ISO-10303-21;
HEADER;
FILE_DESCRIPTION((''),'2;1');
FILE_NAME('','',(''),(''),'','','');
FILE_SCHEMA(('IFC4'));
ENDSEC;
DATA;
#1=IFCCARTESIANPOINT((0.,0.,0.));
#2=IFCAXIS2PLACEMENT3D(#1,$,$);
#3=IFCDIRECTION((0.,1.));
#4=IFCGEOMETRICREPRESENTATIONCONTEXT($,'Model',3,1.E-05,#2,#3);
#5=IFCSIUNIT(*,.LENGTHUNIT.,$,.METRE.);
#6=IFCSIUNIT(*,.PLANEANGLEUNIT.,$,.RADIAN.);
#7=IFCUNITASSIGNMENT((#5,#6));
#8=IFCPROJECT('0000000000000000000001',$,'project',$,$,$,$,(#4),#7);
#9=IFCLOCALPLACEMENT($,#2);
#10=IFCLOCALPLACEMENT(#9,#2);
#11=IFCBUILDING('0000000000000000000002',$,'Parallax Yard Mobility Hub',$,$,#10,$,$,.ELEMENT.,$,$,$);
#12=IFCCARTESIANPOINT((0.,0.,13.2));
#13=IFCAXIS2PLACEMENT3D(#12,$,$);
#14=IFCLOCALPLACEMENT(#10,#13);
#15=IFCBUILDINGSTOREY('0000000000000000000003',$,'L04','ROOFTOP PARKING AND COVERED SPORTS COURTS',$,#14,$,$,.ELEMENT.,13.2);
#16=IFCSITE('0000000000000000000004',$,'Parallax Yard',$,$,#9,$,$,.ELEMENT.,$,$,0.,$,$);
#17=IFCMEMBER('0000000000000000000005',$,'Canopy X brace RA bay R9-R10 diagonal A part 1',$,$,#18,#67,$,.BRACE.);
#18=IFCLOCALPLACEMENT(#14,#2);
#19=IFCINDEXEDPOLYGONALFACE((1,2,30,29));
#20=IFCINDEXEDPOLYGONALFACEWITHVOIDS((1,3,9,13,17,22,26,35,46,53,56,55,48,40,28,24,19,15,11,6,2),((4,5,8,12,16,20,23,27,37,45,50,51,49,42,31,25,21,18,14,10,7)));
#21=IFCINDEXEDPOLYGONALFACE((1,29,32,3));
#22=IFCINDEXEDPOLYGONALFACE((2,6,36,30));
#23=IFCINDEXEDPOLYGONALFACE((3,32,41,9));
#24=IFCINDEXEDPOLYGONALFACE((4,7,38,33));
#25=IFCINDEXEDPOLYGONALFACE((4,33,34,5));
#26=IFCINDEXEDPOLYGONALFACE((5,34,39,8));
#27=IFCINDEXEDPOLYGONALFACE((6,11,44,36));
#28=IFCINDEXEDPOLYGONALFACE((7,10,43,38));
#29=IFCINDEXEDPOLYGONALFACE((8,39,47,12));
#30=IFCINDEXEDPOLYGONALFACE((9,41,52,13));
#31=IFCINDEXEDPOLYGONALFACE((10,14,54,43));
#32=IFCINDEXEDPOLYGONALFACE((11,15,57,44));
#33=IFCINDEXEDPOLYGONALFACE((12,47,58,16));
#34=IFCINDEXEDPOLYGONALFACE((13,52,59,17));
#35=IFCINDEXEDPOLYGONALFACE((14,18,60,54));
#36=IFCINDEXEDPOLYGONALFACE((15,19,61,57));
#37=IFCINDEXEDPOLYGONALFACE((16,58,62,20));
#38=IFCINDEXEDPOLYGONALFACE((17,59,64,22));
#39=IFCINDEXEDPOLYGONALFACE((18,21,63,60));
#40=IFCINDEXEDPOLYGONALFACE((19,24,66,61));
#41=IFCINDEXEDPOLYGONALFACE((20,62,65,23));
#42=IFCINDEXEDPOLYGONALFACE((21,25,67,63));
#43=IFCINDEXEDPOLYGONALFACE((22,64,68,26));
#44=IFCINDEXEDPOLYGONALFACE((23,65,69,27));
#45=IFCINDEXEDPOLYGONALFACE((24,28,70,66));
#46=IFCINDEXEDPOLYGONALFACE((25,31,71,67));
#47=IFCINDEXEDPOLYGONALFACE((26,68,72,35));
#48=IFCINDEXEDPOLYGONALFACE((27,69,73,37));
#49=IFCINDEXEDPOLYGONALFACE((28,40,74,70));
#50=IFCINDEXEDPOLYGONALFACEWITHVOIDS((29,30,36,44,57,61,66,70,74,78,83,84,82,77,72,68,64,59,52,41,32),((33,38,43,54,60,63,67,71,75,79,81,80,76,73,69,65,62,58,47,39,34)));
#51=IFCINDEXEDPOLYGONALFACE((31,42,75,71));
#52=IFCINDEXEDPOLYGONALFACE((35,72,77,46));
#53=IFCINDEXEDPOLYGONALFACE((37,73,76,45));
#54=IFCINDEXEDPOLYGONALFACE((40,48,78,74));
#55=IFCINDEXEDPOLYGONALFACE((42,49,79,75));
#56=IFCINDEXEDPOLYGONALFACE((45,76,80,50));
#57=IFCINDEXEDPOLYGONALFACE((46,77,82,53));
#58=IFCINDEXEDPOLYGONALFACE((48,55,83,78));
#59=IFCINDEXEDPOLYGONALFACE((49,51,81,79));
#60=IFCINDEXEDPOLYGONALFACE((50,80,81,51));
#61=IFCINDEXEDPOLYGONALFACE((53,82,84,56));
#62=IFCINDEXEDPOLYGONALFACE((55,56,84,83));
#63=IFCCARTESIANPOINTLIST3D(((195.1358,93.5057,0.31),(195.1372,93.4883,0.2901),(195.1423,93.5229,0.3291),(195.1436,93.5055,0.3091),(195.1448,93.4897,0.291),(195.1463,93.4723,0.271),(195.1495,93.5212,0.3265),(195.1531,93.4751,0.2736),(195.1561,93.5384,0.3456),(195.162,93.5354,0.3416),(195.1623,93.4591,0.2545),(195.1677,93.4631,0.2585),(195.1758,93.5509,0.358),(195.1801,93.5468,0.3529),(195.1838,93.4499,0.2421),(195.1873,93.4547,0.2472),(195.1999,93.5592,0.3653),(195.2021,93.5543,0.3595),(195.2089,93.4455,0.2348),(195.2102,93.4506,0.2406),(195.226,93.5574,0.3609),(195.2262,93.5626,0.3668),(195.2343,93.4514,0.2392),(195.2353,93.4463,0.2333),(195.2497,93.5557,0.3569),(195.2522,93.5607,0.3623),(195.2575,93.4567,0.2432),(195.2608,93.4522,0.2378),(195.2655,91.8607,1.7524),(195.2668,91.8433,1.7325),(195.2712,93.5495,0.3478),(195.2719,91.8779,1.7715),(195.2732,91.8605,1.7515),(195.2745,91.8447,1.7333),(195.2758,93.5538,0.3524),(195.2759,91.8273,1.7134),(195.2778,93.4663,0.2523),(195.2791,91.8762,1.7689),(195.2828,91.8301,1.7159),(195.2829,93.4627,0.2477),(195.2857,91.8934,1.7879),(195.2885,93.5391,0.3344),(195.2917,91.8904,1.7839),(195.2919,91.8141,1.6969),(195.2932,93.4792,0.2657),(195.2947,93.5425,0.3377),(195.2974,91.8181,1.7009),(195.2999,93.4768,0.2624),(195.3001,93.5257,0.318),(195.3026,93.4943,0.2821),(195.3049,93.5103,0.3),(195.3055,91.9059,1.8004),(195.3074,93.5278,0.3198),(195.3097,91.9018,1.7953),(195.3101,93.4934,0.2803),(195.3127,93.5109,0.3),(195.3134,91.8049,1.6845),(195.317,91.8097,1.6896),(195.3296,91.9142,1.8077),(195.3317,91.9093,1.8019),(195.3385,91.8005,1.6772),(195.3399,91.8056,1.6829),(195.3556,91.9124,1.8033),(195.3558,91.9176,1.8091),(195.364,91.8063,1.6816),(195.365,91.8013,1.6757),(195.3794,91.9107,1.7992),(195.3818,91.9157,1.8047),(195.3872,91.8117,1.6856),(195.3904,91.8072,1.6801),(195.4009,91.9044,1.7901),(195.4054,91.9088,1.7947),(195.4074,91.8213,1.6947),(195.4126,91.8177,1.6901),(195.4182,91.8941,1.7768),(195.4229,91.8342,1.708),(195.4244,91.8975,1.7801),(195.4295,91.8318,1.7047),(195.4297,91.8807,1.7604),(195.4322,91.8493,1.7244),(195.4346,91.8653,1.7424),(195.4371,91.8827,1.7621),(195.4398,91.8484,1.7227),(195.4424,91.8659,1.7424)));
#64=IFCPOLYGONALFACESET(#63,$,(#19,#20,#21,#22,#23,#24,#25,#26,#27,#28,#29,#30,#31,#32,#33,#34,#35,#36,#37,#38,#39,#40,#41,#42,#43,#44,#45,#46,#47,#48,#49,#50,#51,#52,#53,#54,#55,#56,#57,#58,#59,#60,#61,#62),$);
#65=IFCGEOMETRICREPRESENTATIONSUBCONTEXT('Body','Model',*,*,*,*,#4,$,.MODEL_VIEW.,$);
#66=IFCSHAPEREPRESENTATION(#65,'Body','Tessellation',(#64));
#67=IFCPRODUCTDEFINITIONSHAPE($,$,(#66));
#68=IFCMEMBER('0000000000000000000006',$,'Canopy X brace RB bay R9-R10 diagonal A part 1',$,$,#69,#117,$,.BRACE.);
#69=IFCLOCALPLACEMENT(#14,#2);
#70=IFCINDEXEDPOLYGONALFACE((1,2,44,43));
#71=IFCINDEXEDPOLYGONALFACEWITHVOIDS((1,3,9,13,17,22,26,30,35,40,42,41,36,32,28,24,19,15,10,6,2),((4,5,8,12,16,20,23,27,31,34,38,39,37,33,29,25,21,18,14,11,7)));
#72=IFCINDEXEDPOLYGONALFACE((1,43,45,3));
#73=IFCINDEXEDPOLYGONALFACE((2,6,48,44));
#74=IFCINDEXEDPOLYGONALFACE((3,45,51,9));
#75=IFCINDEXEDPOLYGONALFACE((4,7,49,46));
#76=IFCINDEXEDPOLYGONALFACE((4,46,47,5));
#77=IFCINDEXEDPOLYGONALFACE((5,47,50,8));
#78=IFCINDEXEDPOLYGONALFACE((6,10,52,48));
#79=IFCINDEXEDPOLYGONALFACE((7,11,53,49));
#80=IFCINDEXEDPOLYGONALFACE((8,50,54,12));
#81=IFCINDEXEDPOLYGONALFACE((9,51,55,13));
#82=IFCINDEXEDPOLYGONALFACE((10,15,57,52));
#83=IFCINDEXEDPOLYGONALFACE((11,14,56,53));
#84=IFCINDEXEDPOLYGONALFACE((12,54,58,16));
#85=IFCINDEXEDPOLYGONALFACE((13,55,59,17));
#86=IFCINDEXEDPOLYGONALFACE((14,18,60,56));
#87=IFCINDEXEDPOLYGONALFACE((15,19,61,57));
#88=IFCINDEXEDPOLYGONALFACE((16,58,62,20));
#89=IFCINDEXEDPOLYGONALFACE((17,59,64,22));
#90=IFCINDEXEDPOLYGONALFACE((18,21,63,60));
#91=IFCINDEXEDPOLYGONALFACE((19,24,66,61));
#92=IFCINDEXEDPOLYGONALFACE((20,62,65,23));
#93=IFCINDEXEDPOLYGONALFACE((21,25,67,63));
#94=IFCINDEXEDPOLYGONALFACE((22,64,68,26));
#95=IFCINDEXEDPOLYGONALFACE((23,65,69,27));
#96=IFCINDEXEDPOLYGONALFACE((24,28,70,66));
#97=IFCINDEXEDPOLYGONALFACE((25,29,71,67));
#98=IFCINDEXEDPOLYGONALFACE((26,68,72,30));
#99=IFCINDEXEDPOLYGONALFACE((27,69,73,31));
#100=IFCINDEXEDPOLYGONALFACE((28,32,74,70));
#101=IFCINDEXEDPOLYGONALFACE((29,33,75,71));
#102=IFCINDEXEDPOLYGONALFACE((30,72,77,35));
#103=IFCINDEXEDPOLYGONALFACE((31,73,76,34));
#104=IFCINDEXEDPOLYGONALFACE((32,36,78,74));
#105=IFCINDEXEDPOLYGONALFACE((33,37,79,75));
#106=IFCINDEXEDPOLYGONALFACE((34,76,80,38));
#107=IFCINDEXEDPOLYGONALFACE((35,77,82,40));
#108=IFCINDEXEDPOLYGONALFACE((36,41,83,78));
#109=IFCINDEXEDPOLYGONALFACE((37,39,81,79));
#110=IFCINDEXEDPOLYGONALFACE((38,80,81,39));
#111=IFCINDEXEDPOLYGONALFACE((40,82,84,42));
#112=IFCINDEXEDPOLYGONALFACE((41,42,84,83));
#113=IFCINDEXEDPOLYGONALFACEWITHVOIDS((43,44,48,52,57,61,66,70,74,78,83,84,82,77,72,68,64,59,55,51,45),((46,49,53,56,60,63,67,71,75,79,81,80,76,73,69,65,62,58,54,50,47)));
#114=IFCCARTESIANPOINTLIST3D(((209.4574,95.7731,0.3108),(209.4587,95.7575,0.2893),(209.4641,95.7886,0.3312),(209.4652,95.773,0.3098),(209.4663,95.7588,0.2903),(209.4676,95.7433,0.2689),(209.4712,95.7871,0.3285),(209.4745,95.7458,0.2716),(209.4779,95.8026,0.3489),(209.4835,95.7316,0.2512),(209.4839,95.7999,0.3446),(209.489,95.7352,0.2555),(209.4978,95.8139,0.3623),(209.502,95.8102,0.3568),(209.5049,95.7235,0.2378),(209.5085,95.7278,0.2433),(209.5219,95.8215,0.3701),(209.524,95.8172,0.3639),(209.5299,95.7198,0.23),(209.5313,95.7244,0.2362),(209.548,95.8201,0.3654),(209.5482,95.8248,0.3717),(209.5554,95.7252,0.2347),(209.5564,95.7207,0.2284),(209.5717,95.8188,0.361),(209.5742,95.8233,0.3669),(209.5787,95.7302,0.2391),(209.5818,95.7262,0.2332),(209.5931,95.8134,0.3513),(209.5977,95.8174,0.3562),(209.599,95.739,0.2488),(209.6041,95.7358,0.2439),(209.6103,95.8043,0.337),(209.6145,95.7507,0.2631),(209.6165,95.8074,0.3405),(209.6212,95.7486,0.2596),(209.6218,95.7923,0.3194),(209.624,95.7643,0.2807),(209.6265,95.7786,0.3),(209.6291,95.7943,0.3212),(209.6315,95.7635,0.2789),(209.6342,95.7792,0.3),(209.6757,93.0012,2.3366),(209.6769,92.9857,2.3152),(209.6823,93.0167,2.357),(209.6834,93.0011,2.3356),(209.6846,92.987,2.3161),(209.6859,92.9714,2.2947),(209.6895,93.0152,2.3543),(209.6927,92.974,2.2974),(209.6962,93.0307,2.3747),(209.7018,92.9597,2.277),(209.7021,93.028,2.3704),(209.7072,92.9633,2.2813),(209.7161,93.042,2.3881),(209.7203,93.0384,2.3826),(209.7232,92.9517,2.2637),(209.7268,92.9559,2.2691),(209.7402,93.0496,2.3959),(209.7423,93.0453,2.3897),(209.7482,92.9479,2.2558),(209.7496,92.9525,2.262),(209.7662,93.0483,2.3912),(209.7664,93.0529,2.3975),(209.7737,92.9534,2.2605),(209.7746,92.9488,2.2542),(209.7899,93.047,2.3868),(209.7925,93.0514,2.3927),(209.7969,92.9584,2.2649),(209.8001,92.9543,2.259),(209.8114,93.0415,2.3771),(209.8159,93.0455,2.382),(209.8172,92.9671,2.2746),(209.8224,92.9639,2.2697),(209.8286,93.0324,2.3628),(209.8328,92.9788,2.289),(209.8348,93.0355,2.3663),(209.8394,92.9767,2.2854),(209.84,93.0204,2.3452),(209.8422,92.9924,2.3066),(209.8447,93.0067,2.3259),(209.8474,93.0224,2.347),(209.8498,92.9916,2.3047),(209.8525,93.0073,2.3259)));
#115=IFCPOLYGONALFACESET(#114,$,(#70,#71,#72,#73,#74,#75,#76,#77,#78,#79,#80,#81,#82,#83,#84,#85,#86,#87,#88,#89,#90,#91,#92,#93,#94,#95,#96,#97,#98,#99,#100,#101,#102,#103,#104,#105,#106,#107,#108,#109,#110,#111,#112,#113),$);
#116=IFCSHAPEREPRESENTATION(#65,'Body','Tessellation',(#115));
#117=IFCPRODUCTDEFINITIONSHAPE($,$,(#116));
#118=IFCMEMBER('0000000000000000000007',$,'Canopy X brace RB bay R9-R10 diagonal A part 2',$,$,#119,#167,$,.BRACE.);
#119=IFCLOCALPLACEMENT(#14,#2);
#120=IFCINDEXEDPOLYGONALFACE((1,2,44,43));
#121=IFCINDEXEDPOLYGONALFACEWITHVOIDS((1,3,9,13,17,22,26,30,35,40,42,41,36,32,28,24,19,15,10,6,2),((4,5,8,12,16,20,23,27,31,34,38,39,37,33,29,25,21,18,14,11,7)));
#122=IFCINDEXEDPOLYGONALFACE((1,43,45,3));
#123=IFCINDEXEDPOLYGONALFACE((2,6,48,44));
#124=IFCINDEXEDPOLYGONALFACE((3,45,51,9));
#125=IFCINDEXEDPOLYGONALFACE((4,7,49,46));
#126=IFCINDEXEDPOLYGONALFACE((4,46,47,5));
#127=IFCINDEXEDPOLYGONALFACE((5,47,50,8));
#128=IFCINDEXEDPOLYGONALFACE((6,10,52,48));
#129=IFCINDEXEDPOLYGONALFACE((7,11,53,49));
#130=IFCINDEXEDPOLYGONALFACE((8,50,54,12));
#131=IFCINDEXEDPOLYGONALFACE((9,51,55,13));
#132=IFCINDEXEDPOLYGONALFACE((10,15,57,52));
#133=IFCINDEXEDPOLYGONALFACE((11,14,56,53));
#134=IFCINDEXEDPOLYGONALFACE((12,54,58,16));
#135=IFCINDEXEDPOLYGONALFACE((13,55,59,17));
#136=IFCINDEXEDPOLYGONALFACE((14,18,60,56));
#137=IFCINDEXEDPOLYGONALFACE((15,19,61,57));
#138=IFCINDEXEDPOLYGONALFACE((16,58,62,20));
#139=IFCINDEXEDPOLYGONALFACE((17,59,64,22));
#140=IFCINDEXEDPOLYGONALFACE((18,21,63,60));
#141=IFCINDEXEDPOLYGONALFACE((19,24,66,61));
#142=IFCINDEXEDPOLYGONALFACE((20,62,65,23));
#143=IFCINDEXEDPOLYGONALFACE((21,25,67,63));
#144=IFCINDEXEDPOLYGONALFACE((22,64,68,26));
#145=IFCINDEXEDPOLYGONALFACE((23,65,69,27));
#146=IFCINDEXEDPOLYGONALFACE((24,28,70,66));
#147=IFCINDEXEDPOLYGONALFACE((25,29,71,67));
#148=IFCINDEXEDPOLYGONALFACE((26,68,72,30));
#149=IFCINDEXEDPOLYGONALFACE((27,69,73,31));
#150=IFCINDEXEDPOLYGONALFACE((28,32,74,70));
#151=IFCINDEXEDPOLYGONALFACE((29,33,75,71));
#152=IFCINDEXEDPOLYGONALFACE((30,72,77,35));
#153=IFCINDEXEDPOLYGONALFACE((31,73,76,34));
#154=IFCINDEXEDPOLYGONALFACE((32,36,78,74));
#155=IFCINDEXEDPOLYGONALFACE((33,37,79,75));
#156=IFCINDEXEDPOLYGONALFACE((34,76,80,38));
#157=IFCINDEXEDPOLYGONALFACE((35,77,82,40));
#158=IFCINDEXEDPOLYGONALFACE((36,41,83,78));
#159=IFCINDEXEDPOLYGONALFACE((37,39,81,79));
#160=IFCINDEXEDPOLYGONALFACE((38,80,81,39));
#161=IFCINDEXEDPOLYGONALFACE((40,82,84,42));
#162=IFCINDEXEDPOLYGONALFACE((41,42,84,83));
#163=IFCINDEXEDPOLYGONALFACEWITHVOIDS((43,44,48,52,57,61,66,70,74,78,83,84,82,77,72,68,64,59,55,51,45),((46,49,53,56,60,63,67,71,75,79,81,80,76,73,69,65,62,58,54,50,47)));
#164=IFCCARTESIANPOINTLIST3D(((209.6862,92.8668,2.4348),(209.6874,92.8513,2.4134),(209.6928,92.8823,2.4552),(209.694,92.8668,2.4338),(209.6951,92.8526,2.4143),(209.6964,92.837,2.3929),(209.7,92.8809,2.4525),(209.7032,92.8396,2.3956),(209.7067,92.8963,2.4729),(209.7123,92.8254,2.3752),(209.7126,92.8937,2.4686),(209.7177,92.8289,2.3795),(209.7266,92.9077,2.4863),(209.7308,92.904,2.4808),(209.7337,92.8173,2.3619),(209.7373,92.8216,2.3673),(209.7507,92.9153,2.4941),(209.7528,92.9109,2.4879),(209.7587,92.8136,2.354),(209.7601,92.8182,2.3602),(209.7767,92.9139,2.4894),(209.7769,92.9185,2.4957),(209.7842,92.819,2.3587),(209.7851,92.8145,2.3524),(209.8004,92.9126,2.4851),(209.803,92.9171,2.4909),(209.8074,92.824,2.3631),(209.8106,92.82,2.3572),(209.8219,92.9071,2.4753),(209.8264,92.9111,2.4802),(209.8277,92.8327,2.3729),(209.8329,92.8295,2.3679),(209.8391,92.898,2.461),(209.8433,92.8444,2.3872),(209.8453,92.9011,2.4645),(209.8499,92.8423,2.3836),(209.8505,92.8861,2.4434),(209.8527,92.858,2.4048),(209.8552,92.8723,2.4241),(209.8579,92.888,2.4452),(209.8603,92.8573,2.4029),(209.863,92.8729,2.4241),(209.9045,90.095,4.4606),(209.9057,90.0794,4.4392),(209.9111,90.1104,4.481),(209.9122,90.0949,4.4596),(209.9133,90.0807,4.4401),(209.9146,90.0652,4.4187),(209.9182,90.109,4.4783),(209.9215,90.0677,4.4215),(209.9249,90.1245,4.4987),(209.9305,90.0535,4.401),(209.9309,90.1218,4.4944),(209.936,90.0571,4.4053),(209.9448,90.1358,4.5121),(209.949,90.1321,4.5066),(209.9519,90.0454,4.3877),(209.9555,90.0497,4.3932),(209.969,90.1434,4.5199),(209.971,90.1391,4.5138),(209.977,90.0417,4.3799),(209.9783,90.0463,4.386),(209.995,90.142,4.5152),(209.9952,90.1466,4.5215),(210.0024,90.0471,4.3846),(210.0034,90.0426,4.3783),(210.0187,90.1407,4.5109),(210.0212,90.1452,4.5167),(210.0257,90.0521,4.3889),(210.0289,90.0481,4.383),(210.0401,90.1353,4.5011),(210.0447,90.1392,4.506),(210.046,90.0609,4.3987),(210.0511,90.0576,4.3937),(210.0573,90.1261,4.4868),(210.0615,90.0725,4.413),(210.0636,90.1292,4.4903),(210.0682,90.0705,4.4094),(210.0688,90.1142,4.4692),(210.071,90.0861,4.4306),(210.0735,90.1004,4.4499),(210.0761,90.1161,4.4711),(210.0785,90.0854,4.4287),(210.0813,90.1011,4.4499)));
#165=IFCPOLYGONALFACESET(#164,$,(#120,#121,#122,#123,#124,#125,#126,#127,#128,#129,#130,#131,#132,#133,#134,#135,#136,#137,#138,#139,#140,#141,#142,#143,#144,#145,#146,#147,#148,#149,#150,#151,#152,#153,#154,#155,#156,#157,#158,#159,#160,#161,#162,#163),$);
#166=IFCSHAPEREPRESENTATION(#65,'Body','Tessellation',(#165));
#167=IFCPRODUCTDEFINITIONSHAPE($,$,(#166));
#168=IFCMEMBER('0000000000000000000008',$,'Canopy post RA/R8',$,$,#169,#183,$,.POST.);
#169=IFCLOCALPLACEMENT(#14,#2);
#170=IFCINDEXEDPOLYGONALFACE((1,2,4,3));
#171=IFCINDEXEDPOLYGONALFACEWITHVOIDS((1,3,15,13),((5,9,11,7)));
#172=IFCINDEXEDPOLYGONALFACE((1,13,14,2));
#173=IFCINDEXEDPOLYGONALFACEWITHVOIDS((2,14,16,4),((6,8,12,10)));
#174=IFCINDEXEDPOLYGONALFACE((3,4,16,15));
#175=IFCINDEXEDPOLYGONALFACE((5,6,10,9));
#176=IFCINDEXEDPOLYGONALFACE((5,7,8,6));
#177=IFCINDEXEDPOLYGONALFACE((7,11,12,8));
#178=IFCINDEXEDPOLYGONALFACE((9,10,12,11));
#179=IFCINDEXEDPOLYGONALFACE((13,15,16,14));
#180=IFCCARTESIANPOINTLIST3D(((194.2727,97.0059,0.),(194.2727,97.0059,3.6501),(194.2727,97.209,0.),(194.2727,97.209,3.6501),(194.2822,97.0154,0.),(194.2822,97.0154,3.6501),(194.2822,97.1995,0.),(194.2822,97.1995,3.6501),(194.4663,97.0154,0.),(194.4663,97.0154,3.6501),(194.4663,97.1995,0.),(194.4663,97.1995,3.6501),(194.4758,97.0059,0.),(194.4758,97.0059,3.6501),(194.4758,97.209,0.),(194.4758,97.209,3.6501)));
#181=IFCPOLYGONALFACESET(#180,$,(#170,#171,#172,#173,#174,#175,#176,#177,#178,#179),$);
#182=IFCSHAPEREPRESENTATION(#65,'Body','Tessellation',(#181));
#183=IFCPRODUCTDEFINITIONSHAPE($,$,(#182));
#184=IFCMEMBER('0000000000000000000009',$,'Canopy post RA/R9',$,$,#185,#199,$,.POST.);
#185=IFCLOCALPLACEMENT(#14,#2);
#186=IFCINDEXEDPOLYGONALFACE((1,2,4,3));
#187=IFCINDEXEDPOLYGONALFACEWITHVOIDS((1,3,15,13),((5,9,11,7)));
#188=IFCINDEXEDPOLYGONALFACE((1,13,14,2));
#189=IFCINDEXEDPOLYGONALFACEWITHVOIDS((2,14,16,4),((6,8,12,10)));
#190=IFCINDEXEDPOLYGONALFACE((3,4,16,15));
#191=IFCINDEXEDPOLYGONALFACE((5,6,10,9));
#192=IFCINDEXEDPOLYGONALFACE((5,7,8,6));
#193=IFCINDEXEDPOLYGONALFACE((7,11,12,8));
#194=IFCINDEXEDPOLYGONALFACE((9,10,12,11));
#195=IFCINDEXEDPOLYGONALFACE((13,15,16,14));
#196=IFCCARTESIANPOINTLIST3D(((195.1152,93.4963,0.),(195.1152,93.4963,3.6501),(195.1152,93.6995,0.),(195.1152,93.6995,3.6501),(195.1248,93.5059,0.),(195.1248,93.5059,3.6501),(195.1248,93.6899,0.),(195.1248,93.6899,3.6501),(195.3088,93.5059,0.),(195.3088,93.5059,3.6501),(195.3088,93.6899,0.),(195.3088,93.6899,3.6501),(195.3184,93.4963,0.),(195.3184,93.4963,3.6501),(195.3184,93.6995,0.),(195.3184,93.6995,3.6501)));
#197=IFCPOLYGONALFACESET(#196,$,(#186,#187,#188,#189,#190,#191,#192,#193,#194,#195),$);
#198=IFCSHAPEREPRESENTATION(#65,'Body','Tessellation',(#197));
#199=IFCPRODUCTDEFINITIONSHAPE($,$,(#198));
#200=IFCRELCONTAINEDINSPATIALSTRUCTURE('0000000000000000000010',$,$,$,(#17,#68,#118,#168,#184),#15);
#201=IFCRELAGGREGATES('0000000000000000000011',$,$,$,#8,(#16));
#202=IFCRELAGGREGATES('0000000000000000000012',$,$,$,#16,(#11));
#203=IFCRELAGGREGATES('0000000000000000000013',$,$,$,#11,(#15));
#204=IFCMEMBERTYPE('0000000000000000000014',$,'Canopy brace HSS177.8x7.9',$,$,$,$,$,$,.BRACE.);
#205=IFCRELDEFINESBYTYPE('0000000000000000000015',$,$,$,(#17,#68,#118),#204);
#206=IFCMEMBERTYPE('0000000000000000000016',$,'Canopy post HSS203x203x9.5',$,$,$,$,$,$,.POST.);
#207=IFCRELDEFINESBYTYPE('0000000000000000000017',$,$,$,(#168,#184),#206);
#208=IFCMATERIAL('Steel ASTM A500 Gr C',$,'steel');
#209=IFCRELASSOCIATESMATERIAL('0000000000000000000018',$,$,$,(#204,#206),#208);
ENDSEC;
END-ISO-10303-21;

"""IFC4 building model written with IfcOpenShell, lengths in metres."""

from ifc_helpers import new_model, si_unit, direction, frame, origin, origin_2d, place, context, subcontext, project, spatial, hollow_rectangle, hollow_circle, extrude, material, material_profile, profile_set, type_object, element, save


model = new_model("IFC4")

# Units and contexts
model_context = context("Model", 3, precision=1e-05, world=origin(), true_north=direction((0.0, 1.0)))
body_context = subcontext(model_context, "Body", "Model", "MODEL_VIEW")
ifc_project = project(units=[si_unit("LENGTHUNIT", "METRE"), si_unit("PLANEANGLEUNIT", "RADIAN")], contexts=[model_context])

# Site, building, storey
site_placement = place(None, origin())
site = spatial("IfcSite", under=ifc_project, at=site_placement, Name="Parallax Yard", CompositionType="ELEMENT", RefElevation=0.0)
building_placement = place(site_placement, origin())
building = spatial("IfcBuilding", under=site, at=building_placement, Name="Parallax Yard Mobility Hub", CompositionType="ELEMENT")
storey_placement = place(building_placement, frame((0.0, 0.0, 13.2)))
storey = spatial("IfcBuildingStorey", under=building, at=storey_placement, Name="L04", Description="ROOFTOP PARKING AND COVERED SPORTS COURTS", CompositionType="ELEMENT", Elevation=13.2)

# Members
ifc_material_1 = material(Name="Steel ASTM A500 Gr C", Category="steel")
ifc_material_profile_1 = material_profile(ifc_material_1, hollow_circle(Radius=0.0889, WallThickness=0.0078, at=origin_2d()), Name="HSS177.8x7.9")
ifc_profile_set_1 = profile_set([ifc_material_profile_1], Name="Steel ASTM A500 Gr C")
member_type_1 = type_object("IfcMemberType", Name="Canopy brace HSS177.8x7.9", PredefinedType="BRACE", material=ifc_profile_set_1)
member_1_placement = place(storey_placement, frame((195.2241, 93.5039, 0.3), z_axis=(0.059151, -0.750582, 0.658124), x_axis=(0.996909, 0.078563, 0.0)))
element("IfcMember", 1, at=member_1_placement, inside=storey, type_object=member_type_1, Name="Canopy X brace RA bay R9-R10 diagonal A part 1", PredefinedType="BRACE", context=body_context, shape_type="SweptSolid", body=[
    extrude(hollow_circle(Radius=0.0889, WallThickness=0.0078, at=origin_2d()), origin(), (0.0, 0.0, 1.0), 2.1917),
])
for number, where, z_axis, x_axis, name in (
    (2, (209.5457, 95.7722, 0.3), (0.063443, -0.805736, 0.588867), (0.996914, 0.078496, 0.0), "Canopy X brace RB bay R9-R10 diagonal A part 1"),
    (3, (209.7744, 92.866, 2.4241), (0.063443, -0.805736, 0.588867), (0.996914, 0.078496, 0.0), "Canopy X brace RB bay R9-R10 diagonal A part 2"),
):
    element("IfcMember", number, at=place(storey_placement, frame(where, z_axis=z_axis, x_axis=x_axis)), inside=storey, type_object=member_type_1, Name=name, PredefinedType="BRACE", context=body_context, shape_type="SweptSolid", body=[
        extrude(hollow_circle(Radius=0.0889, WallThickness=0.0078, at=origin_2d()), origin(), (0.0, 0.0, 1.0), 3.4402),
    ])
ifc_material_profile_2 = material_profile(ifc_material_1, hollow_rectangle(XDim=0.2031, YDim=0.2031, WallThickness=0.0095, at=origin_2d()), Name="HSS203x203x9.5")
ifc_profile_set_2 = profile_set([ifc_material_profile_2], Name="Steel ASTM A500 Gr C")
member_type_2 = type_object("IfcMemberType", Name="Canopy post HSS203x203x9.5", PredefinedType="POST", material=ifc_profile_set_2)
for number, where, z_axis, x_axis, name in (
    (4, (194.3743, 97.1074, 0.0), (0.0, 0.0, 1.0), (1.0, 0.0, 0.0), "Canopy post RA/R8"),
    (5, (195.2168, 93.5979, 0.0), (0.0, 0.0, 1.0), (1.0, 0.0, 0.0), "Canopy post RA/R9"),
):
    element("IfcMember", number, at=place(storey_placement, frame(where, z_axis=z_axis, x_axis=x_axis)), inside=storey, type_object=member_type_2, Name=name, PredefinedType="POST", context=body_context, shape_type="SweptSolid", body=[
        extrude(hollow_rectangle(XDim=0.2031, YDim=0.2031, WallThickness=0.0095, at=origin_2d()), origin(), (0.0, 0.0, 1.0), 3.6501),
    ])

save(model, "model.ifc")
